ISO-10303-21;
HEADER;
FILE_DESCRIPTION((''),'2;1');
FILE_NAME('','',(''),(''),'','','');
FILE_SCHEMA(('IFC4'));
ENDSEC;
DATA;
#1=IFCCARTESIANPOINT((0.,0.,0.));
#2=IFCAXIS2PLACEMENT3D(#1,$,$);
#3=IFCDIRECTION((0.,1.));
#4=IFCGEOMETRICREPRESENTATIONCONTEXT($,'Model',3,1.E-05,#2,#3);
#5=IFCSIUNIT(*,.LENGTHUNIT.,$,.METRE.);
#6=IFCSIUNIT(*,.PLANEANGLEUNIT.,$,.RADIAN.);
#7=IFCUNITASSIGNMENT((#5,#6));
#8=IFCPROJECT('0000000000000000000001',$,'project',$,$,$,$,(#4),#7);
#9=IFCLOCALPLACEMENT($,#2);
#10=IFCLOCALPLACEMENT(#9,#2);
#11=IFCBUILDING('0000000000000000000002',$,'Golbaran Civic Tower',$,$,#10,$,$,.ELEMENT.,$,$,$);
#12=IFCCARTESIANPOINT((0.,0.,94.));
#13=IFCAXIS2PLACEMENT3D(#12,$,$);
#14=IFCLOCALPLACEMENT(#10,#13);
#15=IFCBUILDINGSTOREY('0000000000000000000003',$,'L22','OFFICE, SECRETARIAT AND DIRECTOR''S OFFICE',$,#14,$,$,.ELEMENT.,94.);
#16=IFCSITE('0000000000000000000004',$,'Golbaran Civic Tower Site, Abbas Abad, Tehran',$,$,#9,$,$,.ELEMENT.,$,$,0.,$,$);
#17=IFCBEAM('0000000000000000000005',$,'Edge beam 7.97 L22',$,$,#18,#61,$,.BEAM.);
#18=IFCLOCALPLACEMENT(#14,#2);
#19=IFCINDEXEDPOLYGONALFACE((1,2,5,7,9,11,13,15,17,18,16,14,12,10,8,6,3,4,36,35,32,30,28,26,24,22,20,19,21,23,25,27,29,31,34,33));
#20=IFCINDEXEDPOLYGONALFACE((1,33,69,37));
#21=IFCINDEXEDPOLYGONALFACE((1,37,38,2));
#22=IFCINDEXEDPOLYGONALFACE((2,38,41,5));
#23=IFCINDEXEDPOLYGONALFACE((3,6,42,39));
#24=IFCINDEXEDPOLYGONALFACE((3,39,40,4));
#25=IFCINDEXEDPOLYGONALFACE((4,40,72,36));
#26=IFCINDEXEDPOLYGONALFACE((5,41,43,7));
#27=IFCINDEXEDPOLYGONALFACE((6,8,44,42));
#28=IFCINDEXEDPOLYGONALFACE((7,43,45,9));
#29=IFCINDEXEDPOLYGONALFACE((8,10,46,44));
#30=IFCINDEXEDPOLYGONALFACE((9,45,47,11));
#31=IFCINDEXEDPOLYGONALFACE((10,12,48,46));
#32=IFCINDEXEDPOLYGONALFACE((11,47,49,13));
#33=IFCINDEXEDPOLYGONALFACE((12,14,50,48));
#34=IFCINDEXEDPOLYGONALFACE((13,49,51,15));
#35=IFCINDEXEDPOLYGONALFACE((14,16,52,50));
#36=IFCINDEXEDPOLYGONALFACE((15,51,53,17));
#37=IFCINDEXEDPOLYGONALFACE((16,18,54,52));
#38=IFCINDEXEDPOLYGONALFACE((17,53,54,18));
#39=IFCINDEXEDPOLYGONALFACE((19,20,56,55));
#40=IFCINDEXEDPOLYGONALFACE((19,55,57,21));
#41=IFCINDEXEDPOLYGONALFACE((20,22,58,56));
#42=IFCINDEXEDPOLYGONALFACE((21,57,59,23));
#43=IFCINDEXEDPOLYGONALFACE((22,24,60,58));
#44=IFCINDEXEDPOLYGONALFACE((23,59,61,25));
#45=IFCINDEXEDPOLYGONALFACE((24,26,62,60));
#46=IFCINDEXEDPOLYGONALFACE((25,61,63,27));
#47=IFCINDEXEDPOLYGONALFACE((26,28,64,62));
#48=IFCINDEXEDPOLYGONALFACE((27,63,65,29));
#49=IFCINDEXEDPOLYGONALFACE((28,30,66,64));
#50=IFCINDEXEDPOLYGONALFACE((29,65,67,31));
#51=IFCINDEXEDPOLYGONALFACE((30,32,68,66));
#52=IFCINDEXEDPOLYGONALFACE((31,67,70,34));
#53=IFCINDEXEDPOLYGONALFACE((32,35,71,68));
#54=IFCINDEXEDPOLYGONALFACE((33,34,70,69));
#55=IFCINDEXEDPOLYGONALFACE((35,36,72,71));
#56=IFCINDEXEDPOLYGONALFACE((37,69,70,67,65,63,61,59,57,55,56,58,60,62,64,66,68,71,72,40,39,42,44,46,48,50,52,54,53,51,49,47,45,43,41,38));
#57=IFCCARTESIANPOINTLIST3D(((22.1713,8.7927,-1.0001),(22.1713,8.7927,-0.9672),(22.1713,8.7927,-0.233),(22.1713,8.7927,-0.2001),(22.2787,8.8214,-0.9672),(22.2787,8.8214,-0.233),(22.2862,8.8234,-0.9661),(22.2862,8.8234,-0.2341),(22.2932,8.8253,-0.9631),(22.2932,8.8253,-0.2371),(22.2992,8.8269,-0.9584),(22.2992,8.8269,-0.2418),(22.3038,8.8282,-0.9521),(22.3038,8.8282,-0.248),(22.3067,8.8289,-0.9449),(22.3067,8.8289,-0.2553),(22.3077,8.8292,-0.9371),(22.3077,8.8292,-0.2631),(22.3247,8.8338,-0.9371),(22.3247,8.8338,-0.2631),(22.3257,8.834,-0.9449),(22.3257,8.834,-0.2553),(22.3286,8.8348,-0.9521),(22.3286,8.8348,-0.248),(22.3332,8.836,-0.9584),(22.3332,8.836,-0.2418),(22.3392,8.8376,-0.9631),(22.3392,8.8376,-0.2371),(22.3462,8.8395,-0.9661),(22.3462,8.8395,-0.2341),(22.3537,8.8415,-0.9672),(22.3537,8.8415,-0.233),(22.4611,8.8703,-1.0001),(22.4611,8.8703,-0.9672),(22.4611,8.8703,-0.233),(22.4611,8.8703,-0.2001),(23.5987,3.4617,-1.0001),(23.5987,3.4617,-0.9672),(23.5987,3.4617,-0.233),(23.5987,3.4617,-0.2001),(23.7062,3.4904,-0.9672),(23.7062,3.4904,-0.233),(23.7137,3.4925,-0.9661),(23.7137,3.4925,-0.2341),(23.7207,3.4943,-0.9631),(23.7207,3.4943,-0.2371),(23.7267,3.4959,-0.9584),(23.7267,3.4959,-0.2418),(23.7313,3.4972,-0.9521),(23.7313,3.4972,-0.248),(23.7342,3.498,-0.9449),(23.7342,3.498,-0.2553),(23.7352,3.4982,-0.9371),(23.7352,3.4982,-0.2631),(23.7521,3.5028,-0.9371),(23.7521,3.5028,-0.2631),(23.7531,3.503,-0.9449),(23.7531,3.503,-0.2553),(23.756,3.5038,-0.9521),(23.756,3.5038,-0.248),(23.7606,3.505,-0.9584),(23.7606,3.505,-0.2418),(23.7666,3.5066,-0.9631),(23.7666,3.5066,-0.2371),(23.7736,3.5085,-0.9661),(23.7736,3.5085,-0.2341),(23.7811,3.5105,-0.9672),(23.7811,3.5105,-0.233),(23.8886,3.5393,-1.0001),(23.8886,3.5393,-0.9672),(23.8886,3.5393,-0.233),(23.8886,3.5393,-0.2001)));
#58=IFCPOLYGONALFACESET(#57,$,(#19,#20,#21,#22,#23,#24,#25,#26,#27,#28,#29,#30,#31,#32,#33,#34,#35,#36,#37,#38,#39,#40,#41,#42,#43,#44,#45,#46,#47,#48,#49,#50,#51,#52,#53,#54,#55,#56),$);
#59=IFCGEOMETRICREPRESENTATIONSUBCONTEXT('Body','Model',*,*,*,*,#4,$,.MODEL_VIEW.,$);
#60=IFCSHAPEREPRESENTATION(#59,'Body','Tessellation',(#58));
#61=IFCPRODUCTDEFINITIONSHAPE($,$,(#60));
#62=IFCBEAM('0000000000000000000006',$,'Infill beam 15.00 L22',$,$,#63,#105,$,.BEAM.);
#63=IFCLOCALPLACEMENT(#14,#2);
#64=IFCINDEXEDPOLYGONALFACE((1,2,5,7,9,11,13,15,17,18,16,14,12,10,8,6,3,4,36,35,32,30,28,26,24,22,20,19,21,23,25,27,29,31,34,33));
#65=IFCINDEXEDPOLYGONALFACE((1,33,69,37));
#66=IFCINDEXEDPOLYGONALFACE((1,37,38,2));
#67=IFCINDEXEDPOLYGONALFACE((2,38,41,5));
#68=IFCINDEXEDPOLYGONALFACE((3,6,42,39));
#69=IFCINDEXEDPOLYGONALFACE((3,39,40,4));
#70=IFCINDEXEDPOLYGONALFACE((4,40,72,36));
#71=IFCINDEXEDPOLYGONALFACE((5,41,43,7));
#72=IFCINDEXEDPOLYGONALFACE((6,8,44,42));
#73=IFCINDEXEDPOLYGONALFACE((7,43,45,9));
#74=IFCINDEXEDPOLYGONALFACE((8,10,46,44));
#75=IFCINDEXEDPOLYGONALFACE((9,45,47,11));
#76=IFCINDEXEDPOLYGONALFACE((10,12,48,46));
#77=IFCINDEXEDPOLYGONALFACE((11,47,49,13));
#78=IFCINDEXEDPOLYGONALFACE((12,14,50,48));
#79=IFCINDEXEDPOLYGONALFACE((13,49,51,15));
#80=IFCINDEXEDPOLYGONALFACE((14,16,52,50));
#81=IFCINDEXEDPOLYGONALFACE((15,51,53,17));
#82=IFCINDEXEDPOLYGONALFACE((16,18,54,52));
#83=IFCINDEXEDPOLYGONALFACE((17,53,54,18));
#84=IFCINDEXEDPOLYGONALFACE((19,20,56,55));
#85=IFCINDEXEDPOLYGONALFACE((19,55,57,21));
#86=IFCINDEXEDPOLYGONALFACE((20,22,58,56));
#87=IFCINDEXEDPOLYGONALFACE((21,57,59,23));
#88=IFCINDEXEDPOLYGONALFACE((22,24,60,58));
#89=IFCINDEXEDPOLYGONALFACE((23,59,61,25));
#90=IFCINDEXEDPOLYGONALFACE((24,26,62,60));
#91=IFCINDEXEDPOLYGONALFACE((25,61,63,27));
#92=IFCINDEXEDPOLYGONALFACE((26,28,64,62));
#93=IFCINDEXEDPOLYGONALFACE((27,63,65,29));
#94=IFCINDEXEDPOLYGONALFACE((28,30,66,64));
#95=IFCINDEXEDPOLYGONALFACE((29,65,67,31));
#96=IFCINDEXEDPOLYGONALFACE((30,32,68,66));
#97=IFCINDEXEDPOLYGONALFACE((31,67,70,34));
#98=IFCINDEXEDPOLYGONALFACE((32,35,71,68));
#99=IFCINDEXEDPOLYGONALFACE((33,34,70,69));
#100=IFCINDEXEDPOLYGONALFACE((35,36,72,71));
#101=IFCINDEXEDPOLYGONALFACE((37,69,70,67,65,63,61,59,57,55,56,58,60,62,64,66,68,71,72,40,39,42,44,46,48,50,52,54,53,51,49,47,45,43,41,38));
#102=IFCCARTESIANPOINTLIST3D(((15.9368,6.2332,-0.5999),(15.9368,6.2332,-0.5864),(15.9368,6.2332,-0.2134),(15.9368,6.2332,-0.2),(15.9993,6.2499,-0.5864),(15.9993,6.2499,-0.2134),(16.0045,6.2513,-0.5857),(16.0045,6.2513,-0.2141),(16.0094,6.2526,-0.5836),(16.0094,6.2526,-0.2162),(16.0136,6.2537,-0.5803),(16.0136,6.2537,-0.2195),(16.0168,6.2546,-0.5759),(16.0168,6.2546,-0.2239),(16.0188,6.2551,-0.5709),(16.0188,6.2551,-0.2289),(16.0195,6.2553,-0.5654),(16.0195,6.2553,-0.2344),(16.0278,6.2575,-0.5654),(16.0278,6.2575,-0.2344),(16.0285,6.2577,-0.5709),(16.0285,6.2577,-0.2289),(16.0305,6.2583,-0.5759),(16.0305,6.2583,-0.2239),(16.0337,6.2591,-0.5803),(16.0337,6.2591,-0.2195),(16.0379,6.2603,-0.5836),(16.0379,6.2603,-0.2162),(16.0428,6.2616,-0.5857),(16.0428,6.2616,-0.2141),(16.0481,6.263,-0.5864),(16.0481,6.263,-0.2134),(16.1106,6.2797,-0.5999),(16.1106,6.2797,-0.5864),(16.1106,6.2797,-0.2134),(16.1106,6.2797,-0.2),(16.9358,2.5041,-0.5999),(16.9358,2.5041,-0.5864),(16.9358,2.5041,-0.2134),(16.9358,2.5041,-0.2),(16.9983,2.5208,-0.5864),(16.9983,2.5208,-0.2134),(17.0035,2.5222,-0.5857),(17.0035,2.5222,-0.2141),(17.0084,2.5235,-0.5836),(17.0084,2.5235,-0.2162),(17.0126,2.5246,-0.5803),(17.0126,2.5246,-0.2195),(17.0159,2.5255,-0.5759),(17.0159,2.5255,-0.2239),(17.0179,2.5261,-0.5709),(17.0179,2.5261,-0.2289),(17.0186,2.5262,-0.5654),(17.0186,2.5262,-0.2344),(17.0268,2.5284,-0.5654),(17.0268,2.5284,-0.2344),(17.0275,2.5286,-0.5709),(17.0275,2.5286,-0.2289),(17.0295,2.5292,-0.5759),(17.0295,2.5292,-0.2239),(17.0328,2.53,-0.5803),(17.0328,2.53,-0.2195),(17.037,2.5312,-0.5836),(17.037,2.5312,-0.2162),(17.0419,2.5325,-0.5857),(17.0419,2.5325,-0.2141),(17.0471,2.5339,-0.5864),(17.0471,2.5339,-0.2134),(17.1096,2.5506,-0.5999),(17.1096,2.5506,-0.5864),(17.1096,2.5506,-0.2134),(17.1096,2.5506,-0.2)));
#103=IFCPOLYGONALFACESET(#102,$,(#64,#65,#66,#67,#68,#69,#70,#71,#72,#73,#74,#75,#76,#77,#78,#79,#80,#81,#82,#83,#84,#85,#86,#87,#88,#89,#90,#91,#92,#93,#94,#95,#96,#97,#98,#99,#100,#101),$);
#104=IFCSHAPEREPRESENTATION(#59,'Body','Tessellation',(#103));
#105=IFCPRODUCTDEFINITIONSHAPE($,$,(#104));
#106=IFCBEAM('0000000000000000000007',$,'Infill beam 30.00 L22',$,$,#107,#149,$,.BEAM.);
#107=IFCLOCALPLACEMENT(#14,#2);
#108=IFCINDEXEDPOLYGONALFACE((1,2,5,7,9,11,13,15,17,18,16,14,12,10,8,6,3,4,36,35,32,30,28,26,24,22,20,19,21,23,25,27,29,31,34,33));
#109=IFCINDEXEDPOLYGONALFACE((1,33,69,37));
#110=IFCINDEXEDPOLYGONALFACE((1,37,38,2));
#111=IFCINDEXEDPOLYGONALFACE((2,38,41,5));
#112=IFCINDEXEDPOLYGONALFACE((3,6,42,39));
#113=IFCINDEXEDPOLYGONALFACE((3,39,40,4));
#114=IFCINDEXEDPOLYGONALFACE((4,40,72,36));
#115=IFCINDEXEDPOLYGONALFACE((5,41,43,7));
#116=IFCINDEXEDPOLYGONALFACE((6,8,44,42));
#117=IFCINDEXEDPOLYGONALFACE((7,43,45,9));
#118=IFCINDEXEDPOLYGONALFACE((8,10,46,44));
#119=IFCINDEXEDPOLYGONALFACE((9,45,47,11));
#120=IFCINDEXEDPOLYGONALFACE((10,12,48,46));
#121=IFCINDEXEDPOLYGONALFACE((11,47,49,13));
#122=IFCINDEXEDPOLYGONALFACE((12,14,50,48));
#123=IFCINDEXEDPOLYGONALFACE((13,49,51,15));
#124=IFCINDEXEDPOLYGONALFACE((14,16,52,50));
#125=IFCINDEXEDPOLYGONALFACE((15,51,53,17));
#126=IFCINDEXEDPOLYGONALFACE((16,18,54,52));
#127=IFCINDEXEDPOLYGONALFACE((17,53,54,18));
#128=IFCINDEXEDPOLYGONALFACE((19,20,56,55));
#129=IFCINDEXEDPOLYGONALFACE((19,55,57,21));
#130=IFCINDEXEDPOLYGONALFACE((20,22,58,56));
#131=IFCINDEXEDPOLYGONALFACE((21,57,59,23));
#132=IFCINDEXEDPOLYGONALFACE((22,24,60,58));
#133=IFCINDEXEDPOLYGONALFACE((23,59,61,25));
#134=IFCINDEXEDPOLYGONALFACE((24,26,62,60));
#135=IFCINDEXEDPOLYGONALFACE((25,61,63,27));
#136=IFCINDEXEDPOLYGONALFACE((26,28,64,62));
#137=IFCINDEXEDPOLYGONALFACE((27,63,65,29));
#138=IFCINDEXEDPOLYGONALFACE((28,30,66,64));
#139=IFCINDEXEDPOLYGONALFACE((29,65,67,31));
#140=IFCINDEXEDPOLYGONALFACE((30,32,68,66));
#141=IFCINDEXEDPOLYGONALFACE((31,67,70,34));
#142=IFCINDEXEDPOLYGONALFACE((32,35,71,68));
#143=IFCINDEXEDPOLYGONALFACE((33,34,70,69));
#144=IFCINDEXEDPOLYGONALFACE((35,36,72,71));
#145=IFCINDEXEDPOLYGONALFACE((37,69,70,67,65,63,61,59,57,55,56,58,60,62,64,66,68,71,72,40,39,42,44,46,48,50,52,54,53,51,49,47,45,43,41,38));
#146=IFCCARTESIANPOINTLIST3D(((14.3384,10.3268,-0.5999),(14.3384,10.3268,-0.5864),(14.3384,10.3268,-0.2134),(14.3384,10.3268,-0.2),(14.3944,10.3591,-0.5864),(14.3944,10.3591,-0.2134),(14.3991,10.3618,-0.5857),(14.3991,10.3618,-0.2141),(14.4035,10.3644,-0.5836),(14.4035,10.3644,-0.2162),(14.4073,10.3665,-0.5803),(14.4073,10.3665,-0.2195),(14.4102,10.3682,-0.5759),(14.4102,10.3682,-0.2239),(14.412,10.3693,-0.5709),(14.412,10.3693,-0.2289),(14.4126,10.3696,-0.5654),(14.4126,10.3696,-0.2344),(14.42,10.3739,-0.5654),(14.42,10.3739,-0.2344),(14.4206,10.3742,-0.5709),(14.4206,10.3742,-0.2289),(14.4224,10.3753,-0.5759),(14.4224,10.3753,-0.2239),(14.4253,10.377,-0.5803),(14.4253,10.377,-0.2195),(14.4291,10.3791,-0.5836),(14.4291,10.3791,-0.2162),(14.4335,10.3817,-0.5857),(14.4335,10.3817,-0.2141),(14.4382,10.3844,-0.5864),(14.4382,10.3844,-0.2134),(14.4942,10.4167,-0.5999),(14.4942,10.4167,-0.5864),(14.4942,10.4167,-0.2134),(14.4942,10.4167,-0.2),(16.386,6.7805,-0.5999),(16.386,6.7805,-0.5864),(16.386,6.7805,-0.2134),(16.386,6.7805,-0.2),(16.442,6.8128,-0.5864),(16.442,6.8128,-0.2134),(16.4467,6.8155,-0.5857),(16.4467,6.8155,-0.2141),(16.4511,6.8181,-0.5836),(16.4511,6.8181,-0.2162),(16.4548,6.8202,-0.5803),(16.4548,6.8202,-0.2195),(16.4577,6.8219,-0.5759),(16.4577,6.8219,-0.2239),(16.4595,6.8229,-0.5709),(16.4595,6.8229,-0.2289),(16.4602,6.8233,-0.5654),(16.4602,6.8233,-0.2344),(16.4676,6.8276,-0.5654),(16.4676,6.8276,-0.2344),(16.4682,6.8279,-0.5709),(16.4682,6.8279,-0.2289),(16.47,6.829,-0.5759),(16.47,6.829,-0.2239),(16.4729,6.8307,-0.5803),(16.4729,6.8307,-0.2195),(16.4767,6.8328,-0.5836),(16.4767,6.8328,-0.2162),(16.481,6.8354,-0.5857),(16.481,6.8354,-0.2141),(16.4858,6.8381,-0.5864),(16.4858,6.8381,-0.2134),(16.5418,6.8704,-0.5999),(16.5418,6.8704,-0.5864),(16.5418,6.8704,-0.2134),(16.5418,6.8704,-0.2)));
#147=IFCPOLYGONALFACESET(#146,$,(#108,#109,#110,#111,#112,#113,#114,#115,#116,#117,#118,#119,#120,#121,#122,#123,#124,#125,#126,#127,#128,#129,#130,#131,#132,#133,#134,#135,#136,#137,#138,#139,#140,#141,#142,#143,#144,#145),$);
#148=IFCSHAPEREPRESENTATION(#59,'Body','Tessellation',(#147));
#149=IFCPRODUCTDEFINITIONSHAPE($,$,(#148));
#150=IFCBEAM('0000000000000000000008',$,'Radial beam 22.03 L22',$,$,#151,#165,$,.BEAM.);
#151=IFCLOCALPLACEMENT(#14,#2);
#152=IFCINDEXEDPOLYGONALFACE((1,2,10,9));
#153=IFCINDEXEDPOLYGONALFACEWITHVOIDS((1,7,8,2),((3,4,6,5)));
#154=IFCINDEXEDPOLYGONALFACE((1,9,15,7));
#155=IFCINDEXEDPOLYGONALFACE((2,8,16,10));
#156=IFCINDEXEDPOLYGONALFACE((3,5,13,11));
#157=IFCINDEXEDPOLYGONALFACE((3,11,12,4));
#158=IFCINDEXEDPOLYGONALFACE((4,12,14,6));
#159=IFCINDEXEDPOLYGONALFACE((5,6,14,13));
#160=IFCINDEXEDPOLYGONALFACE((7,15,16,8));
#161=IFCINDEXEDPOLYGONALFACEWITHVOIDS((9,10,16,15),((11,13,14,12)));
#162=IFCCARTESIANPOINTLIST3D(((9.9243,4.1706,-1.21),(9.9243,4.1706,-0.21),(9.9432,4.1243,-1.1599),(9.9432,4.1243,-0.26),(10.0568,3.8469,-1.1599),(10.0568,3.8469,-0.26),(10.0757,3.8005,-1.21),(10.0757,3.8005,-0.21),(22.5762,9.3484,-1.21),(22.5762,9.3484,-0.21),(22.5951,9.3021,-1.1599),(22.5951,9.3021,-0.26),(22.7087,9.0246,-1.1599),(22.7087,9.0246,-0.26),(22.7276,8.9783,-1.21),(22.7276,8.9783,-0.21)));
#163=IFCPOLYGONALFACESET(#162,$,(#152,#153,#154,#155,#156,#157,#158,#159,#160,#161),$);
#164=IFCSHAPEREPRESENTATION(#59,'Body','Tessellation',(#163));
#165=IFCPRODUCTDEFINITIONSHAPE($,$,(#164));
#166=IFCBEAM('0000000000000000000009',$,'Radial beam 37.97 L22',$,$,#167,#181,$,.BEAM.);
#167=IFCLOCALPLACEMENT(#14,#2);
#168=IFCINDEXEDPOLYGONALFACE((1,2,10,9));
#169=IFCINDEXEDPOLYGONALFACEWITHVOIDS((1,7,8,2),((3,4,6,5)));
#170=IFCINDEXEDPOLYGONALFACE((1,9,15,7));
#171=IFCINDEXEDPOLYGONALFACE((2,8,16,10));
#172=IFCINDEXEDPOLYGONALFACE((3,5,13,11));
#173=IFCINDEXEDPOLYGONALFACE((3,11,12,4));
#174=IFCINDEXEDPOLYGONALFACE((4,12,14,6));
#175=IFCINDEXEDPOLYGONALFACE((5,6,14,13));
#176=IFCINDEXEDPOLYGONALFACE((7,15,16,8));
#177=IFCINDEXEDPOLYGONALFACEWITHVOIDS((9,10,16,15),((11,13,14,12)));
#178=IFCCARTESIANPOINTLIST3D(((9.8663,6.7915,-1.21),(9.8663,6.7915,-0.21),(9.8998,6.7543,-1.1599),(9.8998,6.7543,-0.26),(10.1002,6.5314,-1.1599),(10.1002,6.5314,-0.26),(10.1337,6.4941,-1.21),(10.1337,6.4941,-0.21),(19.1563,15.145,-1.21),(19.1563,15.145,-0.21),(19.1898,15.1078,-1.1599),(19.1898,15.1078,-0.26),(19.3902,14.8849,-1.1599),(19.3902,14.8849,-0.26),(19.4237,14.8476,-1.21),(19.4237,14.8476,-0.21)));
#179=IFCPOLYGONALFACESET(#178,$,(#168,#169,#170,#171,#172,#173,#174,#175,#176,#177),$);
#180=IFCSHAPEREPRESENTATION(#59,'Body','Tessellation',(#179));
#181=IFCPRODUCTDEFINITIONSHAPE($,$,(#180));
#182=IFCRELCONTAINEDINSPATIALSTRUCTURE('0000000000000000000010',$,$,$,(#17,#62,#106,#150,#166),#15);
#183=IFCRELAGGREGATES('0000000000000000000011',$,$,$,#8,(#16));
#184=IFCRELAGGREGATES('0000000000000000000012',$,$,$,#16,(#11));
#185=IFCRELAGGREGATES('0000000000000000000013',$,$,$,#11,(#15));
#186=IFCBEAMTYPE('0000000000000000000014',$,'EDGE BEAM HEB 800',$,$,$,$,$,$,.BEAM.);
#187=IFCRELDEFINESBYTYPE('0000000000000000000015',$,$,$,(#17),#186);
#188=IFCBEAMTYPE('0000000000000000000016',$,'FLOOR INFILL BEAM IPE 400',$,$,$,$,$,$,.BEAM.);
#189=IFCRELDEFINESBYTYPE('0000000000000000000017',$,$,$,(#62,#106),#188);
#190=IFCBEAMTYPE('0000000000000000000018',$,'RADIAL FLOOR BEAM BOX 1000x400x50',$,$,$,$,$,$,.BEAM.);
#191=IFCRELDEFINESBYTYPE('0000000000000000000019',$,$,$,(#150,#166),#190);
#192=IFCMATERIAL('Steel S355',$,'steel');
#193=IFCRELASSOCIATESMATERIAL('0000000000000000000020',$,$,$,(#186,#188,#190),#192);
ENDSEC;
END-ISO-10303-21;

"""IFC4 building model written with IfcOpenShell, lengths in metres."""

from ifc_helpers import new_model, si_unit, direction, frame, origin, origin_2d, place, context, subcontext, project, spatial, hollow_rectangle, i_section, extrude, material, material_profile, profile_set, type_object, element, save


model = new_model("IFC4")

# Units and contexts
model_context = context("Model", 3, precision=1e-05, world=origin(), true_north=direction((0.0, 1.0)))
body_context = subcontext(model_context, "Body", "Model", "MODEL_VIEW")
ifc_project = project(units=[si_unit("LENGTHUNIT", "METRE"), si_unit("PLANEANGLEUNIT", "RADIAN")], contexts=[model_context])

# Site, building, storey
site_placement = place(None, origin())
site = spatial("IfcSite", under=ifc_project, at=site_placement, Name="Golbaran Civic Tower Site, Abbas Abad, Tehran", CompositionType="ELEMENT", RefElevation=0.0)
building_placement = place(site_placement, origin())
building = spatial("IfcBuilding", under=site, at=building_placement, Name="Golbaran Civic Tower", CompositionType="ELEMENT")
storey_placement = place(building_placement, frame((0.0, 0.0, 94.0)))
storey = spatial("IfcBuildingStorey", under=building, at=storey_placement, Name="L22", Description="OFFICE, SECRETARIAT AND DIRECTOR'S OFFICE", CompositionType="ELEMENT", Elevation=94.0)

# Beams
ifc_material_1 = material(Name="Steel S355", Category="steel")
ifc_material_profile_1 = material_profile(ifc_material_1, i_section(OverallWidth=0.3, OverallDepth=0.8, WebThickness=0.0176, FlangeThickness=0.033, FilletRadius=0.03, at=origin_2d()), Name="HEB 800")
ifc_profile_set_1 = profile_set([ifc_material_profile_1], Name="Steel S355")
beam_type_1 = type_object("IfcBeamType", Name="EDGE BEAM HEB 800", PredefinedType="BEAM", material=ifc_profile_set_1)
beam_1_placement = place(storey_placement, frame((23.7437, 3.5005, -0.6001), z_axis=(-0.258656, 0.965969, 0.0), x_axis=(-0.965969, -0.258656, 0.0)))
element("IfcBeam", 1, at=beam_1_placement, inside=storey, type_object=beam_type_1, Name="Edge beam 7.97 L22", PredefinedType="BEAM", context=body_context, shape_type="SweptSolid", body=[
    extrude(i_section(OverallWidth=0.3, OverallDepth=0.8, WebThickness=0.0176, FlangeThickness=0.033, FilletRadius=0.03, at=origin_2d()), origin(), (0.0, 0.0, 1.0), 5.5188),
])
ifc_material_profile_2 = material_profile(ifc_material_1, i_section(OverallWidth=0.1799, OverallDepth=0.3999, WebThickness=0.0085, FlangeThickness=0.0134, FilletRadius=0.021, at=origin_2d()), Name="IPE 400")
ifc_profile_set_2 = profile_set([ifc_material_profile_2], Name="Steel S355")
beam_type_2 = type_object("IfcBeamType", Name="FLOOR INFILL BEAM IPE 400", PredefinedType="BEAM", material=ifc_profile_set_2)
beam_2_placement = place(storey_placement, frame((17.0227, 2.5273, -0.3999), z_axis=(-0.25878, 0.965936, 0.0), x_axis=(-0.965936, -0.25878, 0.0)))
element("IfcBeam", 2, at=beam_2_placement, inside=storey, type_object=beam_type_2, Name="Infill beam 15.00 L22", PredefinedType="BEAM", context=body_context, shape_type="SweptSolid", body=[
    extrude(i_section(OverallWidth=0.1799, OverallDepth=0.3999, WebThickness=0.0085, FlangeThickness=0.0134, FilletRadius=0.021, at=origin_2d()), origin(), (0.0, 0.0, 1.0), 3.8606),
])
beam_3_placement = place(storey_placement, frame((16.4639, 6.8254, -0.3999), z_axis=(-0.500018, 0.866015, 0.0), x_axis=(-0.866015, -0.500018, 0.0)))
element("IfcBeam", 3, at=beam_3_placement, inside=storey, type_object=beam_type_2, Name="Infill beam 30.00 L22", PredefinedType="BEAM", context=body_context, shape_type="SweptSolid", body=[
    extrude(i_section(OverallWidth=0.1799, OverallDepth=0.3999, WebThickness=0.0085, FlangeThickness=0.0134, FilletRadius=0.021, at=origin_2d()), origin(), (0.0, 0.0, 1.0), 4.095),
])
ifc_material_profile_3 = material_profile(ifc_material_1, hollow_rectangle(XDim=0.3999, YDim=1.0, WallThickness=0.05, at=origin_2d()), Name="BOX 1000x400x50")
ifc_profile_set_3 = profile_set([ifc_material_profile_3], Name="Steel S355")
beam_type_3 = type_object("IfcBeamType", Name="RADIAL FLOOR BEAM BOX 1000x400x50", PredefinedType="BEAM", material=ifc_profile_set_3)
beam_4_placement = place(storey_placement, frame((10.0, 3.9856, -0.71), z_axis=(0.925496, 0.378757, 0.0), x_axis=(-0.378757, 0.925496, 0.0)))
element("IfcBeam", 4, at=beam_4_placement, inside=storey, type_object=beam_type_3, Name="Radial beam 22.03 L22", PredefinedType="BEAM", context=body_context, shape_type="SweptSolid", body=[
    extrude(hollow_rectangle(XDim=0.3999, YDim=1.0, WallThickness=0.05, at=origin_2d()), origin(), (0.0, 0.0, 1.0), 13.6704),
])
beam_5_placement = place(storey_placement, frame((10.0, 6.6428, -0.71), z_axis=(0.743593, 0.668632, 0.0), x_axis=(-0.668632, 0.743593, 0.0)))
element("IfcBeam", 5, at=beam_5_placement, inside=storey, type_object=beam_type_3, Name="Radial beam 37.97 L22", PredefinedType="BEAM", context=body_context, shape_type="SweptSolid", body=[
    extrude(hollow_rectangle(XDim=0.3999, YDim=1.0, WallThickness=0.05, at=origin_2d()), origin(), (0.0, 0.0, 1.0), 12.4934),
])

save(model, "model.ifc")
